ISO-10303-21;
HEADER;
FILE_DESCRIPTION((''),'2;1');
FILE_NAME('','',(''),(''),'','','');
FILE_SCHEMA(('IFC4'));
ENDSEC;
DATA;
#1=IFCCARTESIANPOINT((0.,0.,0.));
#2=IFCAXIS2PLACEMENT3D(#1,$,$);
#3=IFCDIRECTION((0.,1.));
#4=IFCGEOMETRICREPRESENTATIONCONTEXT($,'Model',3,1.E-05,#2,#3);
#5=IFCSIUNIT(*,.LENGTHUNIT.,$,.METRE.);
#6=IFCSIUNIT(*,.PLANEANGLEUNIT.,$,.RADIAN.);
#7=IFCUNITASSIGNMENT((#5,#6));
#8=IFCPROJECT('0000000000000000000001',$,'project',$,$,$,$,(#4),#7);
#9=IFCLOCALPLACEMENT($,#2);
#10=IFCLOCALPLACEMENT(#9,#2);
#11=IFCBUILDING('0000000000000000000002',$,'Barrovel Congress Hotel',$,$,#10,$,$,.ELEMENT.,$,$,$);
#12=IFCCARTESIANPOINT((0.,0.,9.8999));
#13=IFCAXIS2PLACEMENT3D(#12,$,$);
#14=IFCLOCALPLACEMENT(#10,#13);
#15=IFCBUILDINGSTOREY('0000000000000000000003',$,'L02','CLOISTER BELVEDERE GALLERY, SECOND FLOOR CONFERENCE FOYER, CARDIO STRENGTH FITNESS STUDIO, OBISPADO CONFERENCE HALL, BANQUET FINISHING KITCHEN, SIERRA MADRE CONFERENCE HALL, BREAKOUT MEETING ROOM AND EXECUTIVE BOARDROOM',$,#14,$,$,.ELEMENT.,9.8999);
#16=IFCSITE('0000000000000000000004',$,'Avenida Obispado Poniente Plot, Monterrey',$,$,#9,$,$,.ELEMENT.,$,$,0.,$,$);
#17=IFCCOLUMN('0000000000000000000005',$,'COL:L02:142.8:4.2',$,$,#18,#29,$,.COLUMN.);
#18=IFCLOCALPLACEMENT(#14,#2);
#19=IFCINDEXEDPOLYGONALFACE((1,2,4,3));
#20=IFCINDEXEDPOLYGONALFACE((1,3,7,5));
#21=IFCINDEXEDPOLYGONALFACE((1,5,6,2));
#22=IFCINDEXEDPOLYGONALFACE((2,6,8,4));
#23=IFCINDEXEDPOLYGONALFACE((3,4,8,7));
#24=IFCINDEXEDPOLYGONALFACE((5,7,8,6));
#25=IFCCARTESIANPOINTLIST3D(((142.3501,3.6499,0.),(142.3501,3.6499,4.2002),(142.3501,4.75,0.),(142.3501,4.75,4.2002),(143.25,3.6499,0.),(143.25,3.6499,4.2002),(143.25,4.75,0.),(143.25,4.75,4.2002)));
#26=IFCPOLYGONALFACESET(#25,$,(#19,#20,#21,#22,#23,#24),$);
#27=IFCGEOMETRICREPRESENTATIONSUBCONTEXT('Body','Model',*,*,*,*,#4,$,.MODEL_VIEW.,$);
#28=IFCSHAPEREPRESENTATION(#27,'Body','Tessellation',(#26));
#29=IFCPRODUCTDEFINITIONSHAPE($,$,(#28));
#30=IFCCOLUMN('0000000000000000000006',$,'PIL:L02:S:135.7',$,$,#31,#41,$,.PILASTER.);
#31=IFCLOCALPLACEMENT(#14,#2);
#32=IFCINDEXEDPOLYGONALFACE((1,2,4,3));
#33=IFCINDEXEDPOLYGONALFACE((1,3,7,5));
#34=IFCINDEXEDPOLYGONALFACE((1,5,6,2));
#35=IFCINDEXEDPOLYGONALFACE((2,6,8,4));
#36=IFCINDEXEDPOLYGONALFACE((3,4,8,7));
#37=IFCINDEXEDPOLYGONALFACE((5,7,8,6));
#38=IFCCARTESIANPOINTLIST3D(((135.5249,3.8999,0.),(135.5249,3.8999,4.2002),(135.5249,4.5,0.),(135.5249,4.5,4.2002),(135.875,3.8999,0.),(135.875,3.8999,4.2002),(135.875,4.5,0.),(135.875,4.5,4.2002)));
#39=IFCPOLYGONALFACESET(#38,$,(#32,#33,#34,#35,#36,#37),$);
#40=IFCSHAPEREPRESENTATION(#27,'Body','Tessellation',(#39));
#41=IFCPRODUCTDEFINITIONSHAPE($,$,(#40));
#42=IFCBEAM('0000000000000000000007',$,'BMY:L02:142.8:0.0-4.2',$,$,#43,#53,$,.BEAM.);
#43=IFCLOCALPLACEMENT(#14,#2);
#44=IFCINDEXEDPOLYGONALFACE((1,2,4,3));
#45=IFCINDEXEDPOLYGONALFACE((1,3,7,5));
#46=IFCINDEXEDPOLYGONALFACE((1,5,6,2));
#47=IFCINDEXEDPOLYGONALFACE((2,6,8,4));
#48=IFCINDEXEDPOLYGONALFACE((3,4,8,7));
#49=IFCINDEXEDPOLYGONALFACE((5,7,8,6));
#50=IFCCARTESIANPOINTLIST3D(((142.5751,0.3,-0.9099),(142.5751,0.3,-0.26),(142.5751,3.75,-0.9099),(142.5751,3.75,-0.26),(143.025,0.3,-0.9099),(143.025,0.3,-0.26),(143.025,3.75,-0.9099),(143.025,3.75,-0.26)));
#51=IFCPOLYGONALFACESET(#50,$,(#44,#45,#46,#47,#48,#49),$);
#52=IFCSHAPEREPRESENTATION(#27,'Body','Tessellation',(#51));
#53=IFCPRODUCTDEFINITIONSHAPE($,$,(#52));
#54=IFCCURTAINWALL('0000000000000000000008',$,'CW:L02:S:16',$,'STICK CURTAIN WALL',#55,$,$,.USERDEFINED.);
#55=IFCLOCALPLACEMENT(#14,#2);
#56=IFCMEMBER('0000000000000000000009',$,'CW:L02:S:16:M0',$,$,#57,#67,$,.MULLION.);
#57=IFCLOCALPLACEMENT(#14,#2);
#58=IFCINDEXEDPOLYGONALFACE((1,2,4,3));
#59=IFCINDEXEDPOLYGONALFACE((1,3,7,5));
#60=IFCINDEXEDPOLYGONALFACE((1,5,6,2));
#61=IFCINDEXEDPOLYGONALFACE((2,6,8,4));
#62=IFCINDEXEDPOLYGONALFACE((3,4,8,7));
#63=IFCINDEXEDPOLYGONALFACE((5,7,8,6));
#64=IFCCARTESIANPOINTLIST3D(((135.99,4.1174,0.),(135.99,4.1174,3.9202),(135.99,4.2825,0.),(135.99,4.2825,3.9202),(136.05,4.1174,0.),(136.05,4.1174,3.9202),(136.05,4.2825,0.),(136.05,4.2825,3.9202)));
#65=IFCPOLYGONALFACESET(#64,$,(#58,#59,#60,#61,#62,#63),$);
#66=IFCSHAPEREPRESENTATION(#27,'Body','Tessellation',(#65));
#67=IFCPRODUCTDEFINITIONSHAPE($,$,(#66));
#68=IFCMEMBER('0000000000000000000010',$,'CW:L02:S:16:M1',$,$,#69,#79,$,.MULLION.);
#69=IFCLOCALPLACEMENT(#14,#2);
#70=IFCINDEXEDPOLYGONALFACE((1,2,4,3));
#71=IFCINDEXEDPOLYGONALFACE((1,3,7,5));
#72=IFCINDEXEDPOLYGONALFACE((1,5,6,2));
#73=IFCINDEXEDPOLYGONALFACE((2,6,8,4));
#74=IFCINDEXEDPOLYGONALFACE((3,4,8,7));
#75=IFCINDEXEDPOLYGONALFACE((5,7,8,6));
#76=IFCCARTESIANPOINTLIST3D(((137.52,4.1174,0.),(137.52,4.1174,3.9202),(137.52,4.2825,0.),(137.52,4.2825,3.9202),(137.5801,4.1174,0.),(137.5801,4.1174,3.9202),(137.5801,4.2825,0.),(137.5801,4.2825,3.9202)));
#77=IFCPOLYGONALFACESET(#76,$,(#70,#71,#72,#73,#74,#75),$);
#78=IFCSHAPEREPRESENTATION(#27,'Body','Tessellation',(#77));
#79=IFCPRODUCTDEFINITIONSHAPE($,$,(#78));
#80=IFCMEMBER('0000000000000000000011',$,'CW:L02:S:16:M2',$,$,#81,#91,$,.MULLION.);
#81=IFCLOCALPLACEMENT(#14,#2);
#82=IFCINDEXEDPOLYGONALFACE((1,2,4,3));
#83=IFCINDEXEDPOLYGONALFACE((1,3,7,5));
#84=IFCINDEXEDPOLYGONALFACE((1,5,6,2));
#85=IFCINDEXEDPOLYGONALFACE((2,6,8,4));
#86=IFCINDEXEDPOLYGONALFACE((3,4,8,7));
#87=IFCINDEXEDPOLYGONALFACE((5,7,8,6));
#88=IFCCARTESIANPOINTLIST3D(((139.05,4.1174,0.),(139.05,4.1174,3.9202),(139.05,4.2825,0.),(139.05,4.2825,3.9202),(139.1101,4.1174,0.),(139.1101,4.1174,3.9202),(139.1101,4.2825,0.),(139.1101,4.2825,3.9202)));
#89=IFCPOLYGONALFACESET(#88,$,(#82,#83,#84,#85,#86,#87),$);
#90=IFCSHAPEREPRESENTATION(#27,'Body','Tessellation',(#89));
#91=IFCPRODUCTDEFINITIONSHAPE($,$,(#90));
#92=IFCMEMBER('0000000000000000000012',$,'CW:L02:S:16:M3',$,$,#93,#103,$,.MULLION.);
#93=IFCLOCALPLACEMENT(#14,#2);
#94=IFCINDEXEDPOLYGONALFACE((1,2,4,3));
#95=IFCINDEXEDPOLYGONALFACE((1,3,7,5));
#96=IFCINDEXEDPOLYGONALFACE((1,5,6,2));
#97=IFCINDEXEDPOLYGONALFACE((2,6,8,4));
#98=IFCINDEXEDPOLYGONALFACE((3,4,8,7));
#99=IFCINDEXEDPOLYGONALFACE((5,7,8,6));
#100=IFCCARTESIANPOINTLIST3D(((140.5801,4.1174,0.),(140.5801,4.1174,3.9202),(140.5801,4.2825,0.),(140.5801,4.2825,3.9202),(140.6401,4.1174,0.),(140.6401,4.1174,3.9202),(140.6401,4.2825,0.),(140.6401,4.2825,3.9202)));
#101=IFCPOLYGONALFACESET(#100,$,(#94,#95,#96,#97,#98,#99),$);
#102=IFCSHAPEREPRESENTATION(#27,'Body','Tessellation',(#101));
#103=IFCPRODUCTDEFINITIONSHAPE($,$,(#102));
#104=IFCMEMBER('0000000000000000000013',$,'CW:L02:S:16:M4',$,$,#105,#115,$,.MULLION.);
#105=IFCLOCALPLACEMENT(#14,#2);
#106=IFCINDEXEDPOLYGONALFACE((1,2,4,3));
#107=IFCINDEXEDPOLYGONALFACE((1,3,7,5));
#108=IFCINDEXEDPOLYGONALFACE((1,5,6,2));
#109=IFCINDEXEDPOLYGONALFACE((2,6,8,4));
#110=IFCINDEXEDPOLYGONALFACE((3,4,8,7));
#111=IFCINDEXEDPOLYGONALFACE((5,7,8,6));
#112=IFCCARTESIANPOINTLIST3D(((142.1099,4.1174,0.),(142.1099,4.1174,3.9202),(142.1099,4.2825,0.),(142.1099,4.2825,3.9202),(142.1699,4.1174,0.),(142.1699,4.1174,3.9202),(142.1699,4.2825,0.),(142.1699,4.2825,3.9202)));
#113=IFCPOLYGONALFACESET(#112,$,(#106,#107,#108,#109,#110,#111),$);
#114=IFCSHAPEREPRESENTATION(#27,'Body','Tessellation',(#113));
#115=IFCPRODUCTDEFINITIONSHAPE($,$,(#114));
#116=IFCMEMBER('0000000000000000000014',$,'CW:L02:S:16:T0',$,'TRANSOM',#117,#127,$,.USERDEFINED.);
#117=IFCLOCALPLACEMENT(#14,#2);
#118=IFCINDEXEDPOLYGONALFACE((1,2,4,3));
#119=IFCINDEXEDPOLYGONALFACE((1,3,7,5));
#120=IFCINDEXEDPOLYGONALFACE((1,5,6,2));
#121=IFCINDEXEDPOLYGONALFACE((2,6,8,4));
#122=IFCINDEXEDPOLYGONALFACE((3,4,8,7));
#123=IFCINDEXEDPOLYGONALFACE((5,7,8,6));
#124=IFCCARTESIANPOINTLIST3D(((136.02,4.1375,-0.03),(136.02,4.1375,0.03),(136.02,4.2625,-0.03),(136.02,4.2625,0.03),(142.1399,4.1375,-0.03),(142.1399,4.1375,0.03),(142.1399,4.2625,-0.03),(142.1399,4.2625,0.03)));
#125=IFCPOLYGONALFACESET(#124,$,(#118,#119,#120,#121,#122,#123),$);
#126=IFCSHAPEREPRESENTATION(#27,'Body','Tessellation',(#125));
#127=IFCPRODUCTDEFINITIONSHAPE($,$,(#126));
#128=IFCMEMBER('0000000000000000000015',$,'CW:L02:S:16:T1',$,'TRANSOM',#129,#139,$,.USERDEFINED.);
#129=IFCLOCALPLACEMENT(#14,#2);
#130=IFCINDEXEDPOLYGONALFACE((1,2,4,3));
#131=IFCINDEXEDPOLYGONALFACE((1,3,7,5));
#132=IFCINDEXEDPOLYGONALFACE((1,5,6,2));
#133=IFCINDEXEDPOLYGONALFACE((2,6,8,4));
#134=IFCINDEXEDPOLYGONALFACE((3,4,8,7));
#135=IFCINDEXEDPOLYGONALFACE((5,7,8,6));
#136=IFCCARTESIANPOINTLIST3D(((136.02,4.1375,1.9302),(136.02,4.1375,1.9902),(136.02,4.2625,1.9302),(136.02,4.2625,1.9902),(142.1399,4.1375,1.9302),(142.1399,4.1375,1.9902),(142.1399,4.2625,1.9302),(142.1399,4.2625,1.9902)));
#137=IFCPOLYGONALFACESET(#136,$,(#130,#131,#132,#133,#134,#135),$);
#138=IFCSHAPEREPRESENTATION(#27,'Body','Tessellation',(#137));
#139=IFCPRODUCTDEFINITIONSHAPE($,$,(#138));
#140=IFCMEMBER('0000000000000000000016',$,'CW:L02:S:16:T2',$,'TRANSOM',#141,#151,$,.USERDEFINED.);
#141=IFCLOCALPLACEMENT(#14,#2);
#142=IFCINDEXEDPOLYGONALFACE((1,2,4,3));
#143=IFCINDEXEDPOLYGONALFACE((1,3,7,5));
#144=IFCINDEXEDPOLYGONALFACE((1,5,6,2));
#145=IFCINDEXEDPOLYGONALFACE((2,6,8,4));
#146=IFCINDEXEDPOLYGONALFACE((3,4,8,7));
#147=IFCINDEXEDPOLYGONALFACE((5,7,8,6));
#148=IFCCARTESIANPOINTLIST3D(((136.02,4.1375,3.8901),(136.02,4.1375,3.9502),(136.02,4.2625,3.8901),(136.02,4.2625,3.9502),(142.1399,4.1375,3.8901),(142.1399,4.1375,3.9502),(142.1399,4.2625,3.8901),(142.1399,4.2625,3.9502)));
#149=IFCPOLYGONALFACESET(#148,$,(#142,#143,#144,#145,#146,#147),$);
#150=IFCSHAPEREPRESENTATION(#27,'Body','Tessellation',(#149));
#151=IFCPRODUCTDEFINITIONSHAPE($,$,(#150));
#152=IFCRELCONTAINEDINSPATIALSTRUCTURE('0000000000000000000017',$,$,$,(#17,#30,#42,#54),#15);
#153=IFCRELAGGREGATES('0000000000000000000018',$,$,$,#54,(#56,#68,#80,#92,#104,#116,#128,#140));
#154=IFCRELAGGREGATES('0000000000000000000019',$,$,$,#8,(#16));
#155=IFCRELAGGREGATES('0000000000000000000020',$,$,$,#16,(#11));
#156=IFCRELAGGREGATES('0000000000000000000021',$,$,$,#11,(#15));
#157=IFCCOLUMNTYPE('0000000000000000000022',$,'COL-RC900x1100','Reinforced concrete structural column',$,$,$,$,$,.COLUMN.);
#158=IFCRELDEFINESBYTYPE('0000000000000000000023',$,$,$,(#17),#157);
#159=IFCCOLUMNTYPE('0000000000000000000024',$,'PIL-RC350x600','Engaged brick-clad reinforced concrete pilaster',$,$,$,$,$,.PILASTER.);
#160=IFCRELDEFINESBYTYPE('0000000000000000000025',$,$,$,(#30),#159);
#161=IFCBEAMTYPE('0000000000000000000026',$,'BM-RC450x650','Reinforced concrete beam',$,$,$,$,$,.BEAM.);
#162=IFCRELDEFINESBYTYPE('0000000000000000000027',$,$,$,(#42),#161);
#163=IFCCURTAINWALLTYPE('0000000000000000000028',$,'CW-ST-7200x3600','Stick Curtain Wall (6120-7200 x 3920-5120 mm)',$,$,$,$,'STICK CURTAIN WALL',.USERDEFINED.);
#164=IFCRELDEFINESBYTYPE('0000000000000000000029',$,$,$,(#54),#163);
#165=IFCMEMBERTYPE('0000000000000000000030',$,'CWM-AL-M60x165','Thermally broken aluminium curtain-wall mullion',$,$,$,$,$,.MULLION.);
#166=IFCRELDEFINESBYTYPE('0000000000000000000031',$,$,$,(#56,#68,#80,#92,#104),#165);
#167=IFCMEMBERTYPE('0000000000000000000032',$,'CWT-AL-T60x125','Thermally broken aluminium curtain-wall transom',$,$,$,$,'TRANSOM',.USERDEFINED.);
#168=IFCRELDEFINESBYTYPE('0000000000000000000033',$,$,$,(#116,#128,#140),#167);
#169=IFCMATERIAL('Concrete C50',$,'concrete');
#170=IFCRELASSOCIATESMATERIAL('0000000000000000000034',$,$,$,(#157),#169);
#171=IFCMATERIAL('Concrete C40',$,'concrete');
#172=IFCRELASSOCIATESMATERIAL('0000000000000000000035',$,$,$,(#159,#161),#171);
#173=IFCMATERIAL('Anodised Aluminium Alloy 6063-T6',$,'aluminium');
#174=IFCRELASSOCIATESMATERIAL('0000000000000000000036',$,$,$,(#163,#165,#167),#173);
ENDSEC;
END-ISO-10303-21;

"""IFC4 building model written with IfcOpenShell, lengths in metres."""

from ifc_helpers import new_model, si_unit, direction, frame, origin, origin_2d, place, context, subcontext, project, spatial, rectangle, extrude, material, material_profile, profile_set, type_object, element, aggregate, save


model = new_model("IFC4")

# Units and contexts
model_context = context("Model", 3, precision=1e-05, world=origin(), true_north=direction((0.0, 1.0)))
body_context = subcontext(model_context, "Body", "Model", "MODEL_VIEW")
ifc_project = project(units=[si_unit("LENGTHUNIT", "METRE"), si_unit("PLANEANGLEUNIT", "RADIAN")], contexts=[model_context])

# Site, building, storey
site_placement = place(None, origin())
site = spatial("IfcSite", under=ifc_project, at=site_placement, Name="Avenida Obispado Poniente Plot, Monterrey", CompositionType="ELEMENT", RefElevation=0.0)
building_placement = place(site_placement, origin())
building = spatial("IfcBuilding", under=site, at=building_placement, Name="Barrovel Congress Hotel", CompositionType="ELEMENT")
storey_placement = place(building_placement, frame((0.0, 0.0, 9.8999)))
storey = spatial("IfcBuildingStorey", under=building, at=storey_placement, Name="L02", Description="CLOISTER BELVEDERE GALLERY, SECOND FLOOR CONFERENCE FOYER, CARDIO STRENGTH FITNESS STUDIO, OBISPADO CONFERENCE HALL, BANQUET FINISHING KITCHEN, SIERRA MADRE CONFERENCE HALL, BREAKOUT MEETING ROOM AND EXECUTIVE BOARDROOM", CompositionType="ELEMENT", Elevation=9.8999)

# Columns
ifc_material_1 = material(Name="Concrete C50", Category="concrete")
ifc_material_profile_1 = material_profile(ifc_material_1, rectangle(XDim=0.8999, YDim=1.1001, at=origin_2d()), Name="RC900x1100")
ifc_profile_set_1 = profile_set([ifc_material_profile_1], Name="Concrete C50")
column_type_1 = type_object("IfcColumnType", Name="COL-RC900x1100", Description="Reinforced concrete structural column", PredefinedType="COLUMN", material=ifc_profile_set_1)
column_1_placement = place(storey_placement, frame((142.8, 4.2, 0.0), z_axis=(0.0, 0.0, 1.0), x_axis=(1.0, 0.0, 0.0)))
element("IfcColumn", 1, at=column_1_placement, inside=storey, type_object=column_type_1, Name="COL:L02:142.8:4.2", PredefinedType="COLUMN", context=body_context, shape_type="SweptSolid", body=[
    extrude(rectangle(XDim=0.8999, YDim=1.1001, at=origin_2d()), origin(), (0.0, 0.0, 1.0), 4.2002),
])
ifc_material_2 = material(Name="Concrete C40", Category="concrete")
ifc_material_profile_2 = material_profile(ifc_material_2, rectangle(XDim=0.3501, YDim=0.6001, at=origin_2d()), Name="RC350x600")
ifc_profile_set_2 = profile_set([ifc_material_profile_2], Name="Concrete C40")
column_type_2 = type_object("IfcColumnType", Name="PIL-RC350x600", Description="Engaged brick-clad reinforced concrete pilaster", PredefinedType="PILASTER", material=ifc_profile_set_2)
column_2_placement = place(storey_placement, frame((135.7, 4.2, 0.0), z_axis=(0.0, 0.0, 1.0), x_axis=(1.0, 0.0, 0.0)))
element("IfcColumn", 2, at=column_2_placement, inside=storey, type_object=column_type_2, Name="PIL:L02:S:135.7", PredefinedType="PILASTER", context=body_context, shape_type="SweptSolid", body=[
    extrude(rectangle(XDim=0.3501, YDim=0.6001, at=origin_2d()), origin(), (0.0, 0.0, 1.0), 4.2002),
])

# Beam
ifc_material_profile_3 = material_profile(ifc_material_2, rectangle(XDim=0.45, YDim=0.6499, at=origin_2d()), Name="RC450x650")
ifc_profile_set_3 = profile_set([ifc_material_profile_3], Name="Concrete C40")
beam_type_1 = type_object("IfcBeamType", Name="BM-RC450x650", Description="Reinforced concrete beam", PredefinedType="BEAM", material=ifc_profile_set_3)
beam_1_placement = place(storey_placement, frame((142.8, 0.3, -0.585), z_axis=(0.0, 1.0, 0.0), x_axis=(-1.0, 0.0, 0.0)))
element("IfcBeam", 3, at=beam_1_placement, inside=storey, type_object=beam_type_1, Name="BMY:L02:142.8:0.0-4.2", PredefinedType="BEAM", context=body_context, shape_type="SweptSolid", body=[
    extrude(rectangle(XDim=0.45, YDim=0.6499, at=origin_2d()), origin(), (0.0, 0.0, 1.0), 3.45),
])

# Curtain wall, members
ifc_material_3 = material(Name="Anodised Aluminium Alloy 6063-T6", Category="aluminium")
curtain_wall_type = type_object("IfcCurtainWallType", Name="CW-ST-7200x3600", Description="Stick Curtain Wall (6120-7200 x 3920-5120 mm)", ElementType="STICK CURTAIN WALL", PredefinedType="USERDEFINED", material=ifc_material_3)
curtain_wall_placement = place(storey_placement, origin())
curtain_wall = element("IfcCurtainWall", 4, at=curtain_wall_placement, inside=storey, type_object=curtain_wall_type, Name="CW:L02:S:16", ObjectType="STICK CURTAIN WALL", PredefinedType="USERDEFINED")
ifc_material_profile_4 = material_profile(ifc_material_3, rectangle(XDim=0.0601, YDim=0.165, at=origin_2d()), Name="AL-M60x165")
ifc_profile_set_4 = profile_set([ifc_material_profile_4], Name="Anodised Aluminium Alloy 6063-T6")
member_type_1 = type_object("IfcMemberType", Name="CWM-AL-M60x165", Description="Thermally broken aluminium curtain-wall mullion", PredefinedType="MULLION", material=ifc_profile_set_4)
member_1_placement = place(storey_placement, frame((136.02, 4.2, 0.0), z_axis=(0.0, 0.0, 1.0), x_axis=(1.0, 0.0, 0.0)))
member_1 = element("IfcMember", 5, at=member_1_placement, type_object=member_type_1, Name="CW:L02:S:16:M0", PredefinedType="MULLION", context=body_context, shape_type="SweptSolid", body=[
    extrude(rectangle(XDim=0.0601, YDim=0.165, at=origin_2d()), origin(), (0.0, 0.0, 1.0), 3.9202),
])
member_2_placement = place(storey_placement, frame((137.55, 4.2, 0.0), z_axis=(0.0, 0.0, 1.0), x_axis=(1.0, 0.0, 0.0)))
member_2 = element("IfcMember", 6, at=member_2_placement, type_object=member_type_1, Name="CW:L02:S:16:M1", PredefinedType="MULLION", context=body_context, shape_type="SweptSolid", body=[
    extrude(rectangle(XDim=0.0601, YDim=0.165, at=origin_2d()), origin(), (0.0, 0.0, 1.0), 3.9202),
])
member_3_placement = place(storey_placement, frame((139.0801, 4.2, 0.0), z_axis=(0.0, 0.0, 1.0), x_axis=(1.0, 0.0, 0.0)))
member_3 = element("IfcMember", 7, at=member_3_placement, type_object=member_type_1, Name="CW:L02:S:16:M2", PredefinedType="MULLION", context=body_context, shape_type="SweptSolid", body=[
    extrude(rectangle(XDim=0.0601, YDim=0.165, at=origin_2d()), origin(), (0.0, 0.0, 1.0), 3.9202),
])
member_4_placement = place(storey_placement, frame((140.6101, 4.2, 0.0), z_axis=(0.0, 0.0, 1.0), x_axis=(1.0, 0.0, 0.0)))
member_4 = element("IfcMember", 8, at=member_4_placement, type_object=member_type_1, Name="CW:L02:S:16:M3", PredefinedType="MULLION", context=body_context, shape_type="SweptSolid", body=[
    extrude(rectangle(XDim=0.0601, YDim=0.165, at=origin_2d()), origin(), (0.0, 0.0, 1.0), 3.9202),
])
member_5_placement = place(storey_placement, frame((142.1399, 4.2, 0.0), z_axis=(0.0, 0.0, 1.0), x_axis=(1.0, 0.0, 0.0)))
member_5 = element("IfcMember", 9, at=member_5_placement, type_object=member_type_1, Name="CW:L02:S:16:M4", PredefinedType="MULLION", context=body_context, shape_type="SweptSolid", body=[
    extrude(rectangle(XDim=0.0601, YDim=0.165, at=origin_2d()), origin(), (0.0, 0.0, 1.0), 3.9202),
])
ifc_material_profile_5 = material_profile(ifc_material_3, rectangle(XDim=0.125, YDim=0.0601, at=origin_2d()), Name="AL-T60x125")
ifc_profile_set_5 = profile_set([ifc_material_profile_5], Name="Anodised Aluminium Alloy 6063-T6")
member_type_2 = type_object("IfcMemberType", Name="CWT-AL-T60x125", Description="Thermally broken aluminium curtain-wall transom", ElementType="TRANSOM", PredefinedType="USERDEFINED", material=ifc_profile_set_5)
member_6_placement = place(storey_placement, frame((136.02, 4.2, 0.0), z_axis=(1.0, 0.0, 0.0), x_axis=(0.0, 1.0, 0.0)))
member_6 = element("IfcMember", 10, at=member_6_placement, type_object=member_type_2, Name="CW:L02:S:16:T0", ObjectType="TRANSOM", PredefinedType="USERDEFINED", context=body_context, shape_type="SweptSolid", body=[
    extrude(rectangle(XDim=0.125, YDim=0.0601, at=origin_2d()), origin(), (0.0, 0.0, 1.0), 6.1199),
])
member_7_placement = place(storey_placement, frame((136.02, 4.2, 1.9602), z_axis=(1.0, 0.0, 0.0), x_axis=(0.0, 1.0, 0.0)))
member_7 = element("IfcMember", 11, at=member_7_placement, type_object=member_type_2, Name="CW:L02:S:16:T1", ObjectType="TRANSOM", PredefinedType="USERDEFINED", context=body_context, shape_type="SweptSolid", body=[
    extrude(rectangle(XDim=0.125, YDim=0.0601, at=origin_2d()), origin(), (0.0, 0.0, 1.0), 6.1199),
])
member_8_placement = place(storey_placement, frame((136.02, 4.2, 3.9202), z_axis=(1.0, 0.0, 0.0), x_axis=(0.0, 1.0, 0.0)))
member_8 = element("IfcMember", 12, at=member_8_placement, type_object=member_type_2, Name="CW:L02:S:16:T2", ObjectType="TRANSOM", PredefinedType="USERDEFINED", context=body_context, shape_type="SweptSolid", body=[
    extrude(rectangle(XDim=0.125, YDim=0.0601, at=origin_2d()), origin(), (0.0, 0.0, 1.0), 6.1199),
])

aggregate(curtain_wall, [member_1, member_2, member_3, member_4, member_5, member_6, member_7, member_8])

save(model, "model.ifc")
